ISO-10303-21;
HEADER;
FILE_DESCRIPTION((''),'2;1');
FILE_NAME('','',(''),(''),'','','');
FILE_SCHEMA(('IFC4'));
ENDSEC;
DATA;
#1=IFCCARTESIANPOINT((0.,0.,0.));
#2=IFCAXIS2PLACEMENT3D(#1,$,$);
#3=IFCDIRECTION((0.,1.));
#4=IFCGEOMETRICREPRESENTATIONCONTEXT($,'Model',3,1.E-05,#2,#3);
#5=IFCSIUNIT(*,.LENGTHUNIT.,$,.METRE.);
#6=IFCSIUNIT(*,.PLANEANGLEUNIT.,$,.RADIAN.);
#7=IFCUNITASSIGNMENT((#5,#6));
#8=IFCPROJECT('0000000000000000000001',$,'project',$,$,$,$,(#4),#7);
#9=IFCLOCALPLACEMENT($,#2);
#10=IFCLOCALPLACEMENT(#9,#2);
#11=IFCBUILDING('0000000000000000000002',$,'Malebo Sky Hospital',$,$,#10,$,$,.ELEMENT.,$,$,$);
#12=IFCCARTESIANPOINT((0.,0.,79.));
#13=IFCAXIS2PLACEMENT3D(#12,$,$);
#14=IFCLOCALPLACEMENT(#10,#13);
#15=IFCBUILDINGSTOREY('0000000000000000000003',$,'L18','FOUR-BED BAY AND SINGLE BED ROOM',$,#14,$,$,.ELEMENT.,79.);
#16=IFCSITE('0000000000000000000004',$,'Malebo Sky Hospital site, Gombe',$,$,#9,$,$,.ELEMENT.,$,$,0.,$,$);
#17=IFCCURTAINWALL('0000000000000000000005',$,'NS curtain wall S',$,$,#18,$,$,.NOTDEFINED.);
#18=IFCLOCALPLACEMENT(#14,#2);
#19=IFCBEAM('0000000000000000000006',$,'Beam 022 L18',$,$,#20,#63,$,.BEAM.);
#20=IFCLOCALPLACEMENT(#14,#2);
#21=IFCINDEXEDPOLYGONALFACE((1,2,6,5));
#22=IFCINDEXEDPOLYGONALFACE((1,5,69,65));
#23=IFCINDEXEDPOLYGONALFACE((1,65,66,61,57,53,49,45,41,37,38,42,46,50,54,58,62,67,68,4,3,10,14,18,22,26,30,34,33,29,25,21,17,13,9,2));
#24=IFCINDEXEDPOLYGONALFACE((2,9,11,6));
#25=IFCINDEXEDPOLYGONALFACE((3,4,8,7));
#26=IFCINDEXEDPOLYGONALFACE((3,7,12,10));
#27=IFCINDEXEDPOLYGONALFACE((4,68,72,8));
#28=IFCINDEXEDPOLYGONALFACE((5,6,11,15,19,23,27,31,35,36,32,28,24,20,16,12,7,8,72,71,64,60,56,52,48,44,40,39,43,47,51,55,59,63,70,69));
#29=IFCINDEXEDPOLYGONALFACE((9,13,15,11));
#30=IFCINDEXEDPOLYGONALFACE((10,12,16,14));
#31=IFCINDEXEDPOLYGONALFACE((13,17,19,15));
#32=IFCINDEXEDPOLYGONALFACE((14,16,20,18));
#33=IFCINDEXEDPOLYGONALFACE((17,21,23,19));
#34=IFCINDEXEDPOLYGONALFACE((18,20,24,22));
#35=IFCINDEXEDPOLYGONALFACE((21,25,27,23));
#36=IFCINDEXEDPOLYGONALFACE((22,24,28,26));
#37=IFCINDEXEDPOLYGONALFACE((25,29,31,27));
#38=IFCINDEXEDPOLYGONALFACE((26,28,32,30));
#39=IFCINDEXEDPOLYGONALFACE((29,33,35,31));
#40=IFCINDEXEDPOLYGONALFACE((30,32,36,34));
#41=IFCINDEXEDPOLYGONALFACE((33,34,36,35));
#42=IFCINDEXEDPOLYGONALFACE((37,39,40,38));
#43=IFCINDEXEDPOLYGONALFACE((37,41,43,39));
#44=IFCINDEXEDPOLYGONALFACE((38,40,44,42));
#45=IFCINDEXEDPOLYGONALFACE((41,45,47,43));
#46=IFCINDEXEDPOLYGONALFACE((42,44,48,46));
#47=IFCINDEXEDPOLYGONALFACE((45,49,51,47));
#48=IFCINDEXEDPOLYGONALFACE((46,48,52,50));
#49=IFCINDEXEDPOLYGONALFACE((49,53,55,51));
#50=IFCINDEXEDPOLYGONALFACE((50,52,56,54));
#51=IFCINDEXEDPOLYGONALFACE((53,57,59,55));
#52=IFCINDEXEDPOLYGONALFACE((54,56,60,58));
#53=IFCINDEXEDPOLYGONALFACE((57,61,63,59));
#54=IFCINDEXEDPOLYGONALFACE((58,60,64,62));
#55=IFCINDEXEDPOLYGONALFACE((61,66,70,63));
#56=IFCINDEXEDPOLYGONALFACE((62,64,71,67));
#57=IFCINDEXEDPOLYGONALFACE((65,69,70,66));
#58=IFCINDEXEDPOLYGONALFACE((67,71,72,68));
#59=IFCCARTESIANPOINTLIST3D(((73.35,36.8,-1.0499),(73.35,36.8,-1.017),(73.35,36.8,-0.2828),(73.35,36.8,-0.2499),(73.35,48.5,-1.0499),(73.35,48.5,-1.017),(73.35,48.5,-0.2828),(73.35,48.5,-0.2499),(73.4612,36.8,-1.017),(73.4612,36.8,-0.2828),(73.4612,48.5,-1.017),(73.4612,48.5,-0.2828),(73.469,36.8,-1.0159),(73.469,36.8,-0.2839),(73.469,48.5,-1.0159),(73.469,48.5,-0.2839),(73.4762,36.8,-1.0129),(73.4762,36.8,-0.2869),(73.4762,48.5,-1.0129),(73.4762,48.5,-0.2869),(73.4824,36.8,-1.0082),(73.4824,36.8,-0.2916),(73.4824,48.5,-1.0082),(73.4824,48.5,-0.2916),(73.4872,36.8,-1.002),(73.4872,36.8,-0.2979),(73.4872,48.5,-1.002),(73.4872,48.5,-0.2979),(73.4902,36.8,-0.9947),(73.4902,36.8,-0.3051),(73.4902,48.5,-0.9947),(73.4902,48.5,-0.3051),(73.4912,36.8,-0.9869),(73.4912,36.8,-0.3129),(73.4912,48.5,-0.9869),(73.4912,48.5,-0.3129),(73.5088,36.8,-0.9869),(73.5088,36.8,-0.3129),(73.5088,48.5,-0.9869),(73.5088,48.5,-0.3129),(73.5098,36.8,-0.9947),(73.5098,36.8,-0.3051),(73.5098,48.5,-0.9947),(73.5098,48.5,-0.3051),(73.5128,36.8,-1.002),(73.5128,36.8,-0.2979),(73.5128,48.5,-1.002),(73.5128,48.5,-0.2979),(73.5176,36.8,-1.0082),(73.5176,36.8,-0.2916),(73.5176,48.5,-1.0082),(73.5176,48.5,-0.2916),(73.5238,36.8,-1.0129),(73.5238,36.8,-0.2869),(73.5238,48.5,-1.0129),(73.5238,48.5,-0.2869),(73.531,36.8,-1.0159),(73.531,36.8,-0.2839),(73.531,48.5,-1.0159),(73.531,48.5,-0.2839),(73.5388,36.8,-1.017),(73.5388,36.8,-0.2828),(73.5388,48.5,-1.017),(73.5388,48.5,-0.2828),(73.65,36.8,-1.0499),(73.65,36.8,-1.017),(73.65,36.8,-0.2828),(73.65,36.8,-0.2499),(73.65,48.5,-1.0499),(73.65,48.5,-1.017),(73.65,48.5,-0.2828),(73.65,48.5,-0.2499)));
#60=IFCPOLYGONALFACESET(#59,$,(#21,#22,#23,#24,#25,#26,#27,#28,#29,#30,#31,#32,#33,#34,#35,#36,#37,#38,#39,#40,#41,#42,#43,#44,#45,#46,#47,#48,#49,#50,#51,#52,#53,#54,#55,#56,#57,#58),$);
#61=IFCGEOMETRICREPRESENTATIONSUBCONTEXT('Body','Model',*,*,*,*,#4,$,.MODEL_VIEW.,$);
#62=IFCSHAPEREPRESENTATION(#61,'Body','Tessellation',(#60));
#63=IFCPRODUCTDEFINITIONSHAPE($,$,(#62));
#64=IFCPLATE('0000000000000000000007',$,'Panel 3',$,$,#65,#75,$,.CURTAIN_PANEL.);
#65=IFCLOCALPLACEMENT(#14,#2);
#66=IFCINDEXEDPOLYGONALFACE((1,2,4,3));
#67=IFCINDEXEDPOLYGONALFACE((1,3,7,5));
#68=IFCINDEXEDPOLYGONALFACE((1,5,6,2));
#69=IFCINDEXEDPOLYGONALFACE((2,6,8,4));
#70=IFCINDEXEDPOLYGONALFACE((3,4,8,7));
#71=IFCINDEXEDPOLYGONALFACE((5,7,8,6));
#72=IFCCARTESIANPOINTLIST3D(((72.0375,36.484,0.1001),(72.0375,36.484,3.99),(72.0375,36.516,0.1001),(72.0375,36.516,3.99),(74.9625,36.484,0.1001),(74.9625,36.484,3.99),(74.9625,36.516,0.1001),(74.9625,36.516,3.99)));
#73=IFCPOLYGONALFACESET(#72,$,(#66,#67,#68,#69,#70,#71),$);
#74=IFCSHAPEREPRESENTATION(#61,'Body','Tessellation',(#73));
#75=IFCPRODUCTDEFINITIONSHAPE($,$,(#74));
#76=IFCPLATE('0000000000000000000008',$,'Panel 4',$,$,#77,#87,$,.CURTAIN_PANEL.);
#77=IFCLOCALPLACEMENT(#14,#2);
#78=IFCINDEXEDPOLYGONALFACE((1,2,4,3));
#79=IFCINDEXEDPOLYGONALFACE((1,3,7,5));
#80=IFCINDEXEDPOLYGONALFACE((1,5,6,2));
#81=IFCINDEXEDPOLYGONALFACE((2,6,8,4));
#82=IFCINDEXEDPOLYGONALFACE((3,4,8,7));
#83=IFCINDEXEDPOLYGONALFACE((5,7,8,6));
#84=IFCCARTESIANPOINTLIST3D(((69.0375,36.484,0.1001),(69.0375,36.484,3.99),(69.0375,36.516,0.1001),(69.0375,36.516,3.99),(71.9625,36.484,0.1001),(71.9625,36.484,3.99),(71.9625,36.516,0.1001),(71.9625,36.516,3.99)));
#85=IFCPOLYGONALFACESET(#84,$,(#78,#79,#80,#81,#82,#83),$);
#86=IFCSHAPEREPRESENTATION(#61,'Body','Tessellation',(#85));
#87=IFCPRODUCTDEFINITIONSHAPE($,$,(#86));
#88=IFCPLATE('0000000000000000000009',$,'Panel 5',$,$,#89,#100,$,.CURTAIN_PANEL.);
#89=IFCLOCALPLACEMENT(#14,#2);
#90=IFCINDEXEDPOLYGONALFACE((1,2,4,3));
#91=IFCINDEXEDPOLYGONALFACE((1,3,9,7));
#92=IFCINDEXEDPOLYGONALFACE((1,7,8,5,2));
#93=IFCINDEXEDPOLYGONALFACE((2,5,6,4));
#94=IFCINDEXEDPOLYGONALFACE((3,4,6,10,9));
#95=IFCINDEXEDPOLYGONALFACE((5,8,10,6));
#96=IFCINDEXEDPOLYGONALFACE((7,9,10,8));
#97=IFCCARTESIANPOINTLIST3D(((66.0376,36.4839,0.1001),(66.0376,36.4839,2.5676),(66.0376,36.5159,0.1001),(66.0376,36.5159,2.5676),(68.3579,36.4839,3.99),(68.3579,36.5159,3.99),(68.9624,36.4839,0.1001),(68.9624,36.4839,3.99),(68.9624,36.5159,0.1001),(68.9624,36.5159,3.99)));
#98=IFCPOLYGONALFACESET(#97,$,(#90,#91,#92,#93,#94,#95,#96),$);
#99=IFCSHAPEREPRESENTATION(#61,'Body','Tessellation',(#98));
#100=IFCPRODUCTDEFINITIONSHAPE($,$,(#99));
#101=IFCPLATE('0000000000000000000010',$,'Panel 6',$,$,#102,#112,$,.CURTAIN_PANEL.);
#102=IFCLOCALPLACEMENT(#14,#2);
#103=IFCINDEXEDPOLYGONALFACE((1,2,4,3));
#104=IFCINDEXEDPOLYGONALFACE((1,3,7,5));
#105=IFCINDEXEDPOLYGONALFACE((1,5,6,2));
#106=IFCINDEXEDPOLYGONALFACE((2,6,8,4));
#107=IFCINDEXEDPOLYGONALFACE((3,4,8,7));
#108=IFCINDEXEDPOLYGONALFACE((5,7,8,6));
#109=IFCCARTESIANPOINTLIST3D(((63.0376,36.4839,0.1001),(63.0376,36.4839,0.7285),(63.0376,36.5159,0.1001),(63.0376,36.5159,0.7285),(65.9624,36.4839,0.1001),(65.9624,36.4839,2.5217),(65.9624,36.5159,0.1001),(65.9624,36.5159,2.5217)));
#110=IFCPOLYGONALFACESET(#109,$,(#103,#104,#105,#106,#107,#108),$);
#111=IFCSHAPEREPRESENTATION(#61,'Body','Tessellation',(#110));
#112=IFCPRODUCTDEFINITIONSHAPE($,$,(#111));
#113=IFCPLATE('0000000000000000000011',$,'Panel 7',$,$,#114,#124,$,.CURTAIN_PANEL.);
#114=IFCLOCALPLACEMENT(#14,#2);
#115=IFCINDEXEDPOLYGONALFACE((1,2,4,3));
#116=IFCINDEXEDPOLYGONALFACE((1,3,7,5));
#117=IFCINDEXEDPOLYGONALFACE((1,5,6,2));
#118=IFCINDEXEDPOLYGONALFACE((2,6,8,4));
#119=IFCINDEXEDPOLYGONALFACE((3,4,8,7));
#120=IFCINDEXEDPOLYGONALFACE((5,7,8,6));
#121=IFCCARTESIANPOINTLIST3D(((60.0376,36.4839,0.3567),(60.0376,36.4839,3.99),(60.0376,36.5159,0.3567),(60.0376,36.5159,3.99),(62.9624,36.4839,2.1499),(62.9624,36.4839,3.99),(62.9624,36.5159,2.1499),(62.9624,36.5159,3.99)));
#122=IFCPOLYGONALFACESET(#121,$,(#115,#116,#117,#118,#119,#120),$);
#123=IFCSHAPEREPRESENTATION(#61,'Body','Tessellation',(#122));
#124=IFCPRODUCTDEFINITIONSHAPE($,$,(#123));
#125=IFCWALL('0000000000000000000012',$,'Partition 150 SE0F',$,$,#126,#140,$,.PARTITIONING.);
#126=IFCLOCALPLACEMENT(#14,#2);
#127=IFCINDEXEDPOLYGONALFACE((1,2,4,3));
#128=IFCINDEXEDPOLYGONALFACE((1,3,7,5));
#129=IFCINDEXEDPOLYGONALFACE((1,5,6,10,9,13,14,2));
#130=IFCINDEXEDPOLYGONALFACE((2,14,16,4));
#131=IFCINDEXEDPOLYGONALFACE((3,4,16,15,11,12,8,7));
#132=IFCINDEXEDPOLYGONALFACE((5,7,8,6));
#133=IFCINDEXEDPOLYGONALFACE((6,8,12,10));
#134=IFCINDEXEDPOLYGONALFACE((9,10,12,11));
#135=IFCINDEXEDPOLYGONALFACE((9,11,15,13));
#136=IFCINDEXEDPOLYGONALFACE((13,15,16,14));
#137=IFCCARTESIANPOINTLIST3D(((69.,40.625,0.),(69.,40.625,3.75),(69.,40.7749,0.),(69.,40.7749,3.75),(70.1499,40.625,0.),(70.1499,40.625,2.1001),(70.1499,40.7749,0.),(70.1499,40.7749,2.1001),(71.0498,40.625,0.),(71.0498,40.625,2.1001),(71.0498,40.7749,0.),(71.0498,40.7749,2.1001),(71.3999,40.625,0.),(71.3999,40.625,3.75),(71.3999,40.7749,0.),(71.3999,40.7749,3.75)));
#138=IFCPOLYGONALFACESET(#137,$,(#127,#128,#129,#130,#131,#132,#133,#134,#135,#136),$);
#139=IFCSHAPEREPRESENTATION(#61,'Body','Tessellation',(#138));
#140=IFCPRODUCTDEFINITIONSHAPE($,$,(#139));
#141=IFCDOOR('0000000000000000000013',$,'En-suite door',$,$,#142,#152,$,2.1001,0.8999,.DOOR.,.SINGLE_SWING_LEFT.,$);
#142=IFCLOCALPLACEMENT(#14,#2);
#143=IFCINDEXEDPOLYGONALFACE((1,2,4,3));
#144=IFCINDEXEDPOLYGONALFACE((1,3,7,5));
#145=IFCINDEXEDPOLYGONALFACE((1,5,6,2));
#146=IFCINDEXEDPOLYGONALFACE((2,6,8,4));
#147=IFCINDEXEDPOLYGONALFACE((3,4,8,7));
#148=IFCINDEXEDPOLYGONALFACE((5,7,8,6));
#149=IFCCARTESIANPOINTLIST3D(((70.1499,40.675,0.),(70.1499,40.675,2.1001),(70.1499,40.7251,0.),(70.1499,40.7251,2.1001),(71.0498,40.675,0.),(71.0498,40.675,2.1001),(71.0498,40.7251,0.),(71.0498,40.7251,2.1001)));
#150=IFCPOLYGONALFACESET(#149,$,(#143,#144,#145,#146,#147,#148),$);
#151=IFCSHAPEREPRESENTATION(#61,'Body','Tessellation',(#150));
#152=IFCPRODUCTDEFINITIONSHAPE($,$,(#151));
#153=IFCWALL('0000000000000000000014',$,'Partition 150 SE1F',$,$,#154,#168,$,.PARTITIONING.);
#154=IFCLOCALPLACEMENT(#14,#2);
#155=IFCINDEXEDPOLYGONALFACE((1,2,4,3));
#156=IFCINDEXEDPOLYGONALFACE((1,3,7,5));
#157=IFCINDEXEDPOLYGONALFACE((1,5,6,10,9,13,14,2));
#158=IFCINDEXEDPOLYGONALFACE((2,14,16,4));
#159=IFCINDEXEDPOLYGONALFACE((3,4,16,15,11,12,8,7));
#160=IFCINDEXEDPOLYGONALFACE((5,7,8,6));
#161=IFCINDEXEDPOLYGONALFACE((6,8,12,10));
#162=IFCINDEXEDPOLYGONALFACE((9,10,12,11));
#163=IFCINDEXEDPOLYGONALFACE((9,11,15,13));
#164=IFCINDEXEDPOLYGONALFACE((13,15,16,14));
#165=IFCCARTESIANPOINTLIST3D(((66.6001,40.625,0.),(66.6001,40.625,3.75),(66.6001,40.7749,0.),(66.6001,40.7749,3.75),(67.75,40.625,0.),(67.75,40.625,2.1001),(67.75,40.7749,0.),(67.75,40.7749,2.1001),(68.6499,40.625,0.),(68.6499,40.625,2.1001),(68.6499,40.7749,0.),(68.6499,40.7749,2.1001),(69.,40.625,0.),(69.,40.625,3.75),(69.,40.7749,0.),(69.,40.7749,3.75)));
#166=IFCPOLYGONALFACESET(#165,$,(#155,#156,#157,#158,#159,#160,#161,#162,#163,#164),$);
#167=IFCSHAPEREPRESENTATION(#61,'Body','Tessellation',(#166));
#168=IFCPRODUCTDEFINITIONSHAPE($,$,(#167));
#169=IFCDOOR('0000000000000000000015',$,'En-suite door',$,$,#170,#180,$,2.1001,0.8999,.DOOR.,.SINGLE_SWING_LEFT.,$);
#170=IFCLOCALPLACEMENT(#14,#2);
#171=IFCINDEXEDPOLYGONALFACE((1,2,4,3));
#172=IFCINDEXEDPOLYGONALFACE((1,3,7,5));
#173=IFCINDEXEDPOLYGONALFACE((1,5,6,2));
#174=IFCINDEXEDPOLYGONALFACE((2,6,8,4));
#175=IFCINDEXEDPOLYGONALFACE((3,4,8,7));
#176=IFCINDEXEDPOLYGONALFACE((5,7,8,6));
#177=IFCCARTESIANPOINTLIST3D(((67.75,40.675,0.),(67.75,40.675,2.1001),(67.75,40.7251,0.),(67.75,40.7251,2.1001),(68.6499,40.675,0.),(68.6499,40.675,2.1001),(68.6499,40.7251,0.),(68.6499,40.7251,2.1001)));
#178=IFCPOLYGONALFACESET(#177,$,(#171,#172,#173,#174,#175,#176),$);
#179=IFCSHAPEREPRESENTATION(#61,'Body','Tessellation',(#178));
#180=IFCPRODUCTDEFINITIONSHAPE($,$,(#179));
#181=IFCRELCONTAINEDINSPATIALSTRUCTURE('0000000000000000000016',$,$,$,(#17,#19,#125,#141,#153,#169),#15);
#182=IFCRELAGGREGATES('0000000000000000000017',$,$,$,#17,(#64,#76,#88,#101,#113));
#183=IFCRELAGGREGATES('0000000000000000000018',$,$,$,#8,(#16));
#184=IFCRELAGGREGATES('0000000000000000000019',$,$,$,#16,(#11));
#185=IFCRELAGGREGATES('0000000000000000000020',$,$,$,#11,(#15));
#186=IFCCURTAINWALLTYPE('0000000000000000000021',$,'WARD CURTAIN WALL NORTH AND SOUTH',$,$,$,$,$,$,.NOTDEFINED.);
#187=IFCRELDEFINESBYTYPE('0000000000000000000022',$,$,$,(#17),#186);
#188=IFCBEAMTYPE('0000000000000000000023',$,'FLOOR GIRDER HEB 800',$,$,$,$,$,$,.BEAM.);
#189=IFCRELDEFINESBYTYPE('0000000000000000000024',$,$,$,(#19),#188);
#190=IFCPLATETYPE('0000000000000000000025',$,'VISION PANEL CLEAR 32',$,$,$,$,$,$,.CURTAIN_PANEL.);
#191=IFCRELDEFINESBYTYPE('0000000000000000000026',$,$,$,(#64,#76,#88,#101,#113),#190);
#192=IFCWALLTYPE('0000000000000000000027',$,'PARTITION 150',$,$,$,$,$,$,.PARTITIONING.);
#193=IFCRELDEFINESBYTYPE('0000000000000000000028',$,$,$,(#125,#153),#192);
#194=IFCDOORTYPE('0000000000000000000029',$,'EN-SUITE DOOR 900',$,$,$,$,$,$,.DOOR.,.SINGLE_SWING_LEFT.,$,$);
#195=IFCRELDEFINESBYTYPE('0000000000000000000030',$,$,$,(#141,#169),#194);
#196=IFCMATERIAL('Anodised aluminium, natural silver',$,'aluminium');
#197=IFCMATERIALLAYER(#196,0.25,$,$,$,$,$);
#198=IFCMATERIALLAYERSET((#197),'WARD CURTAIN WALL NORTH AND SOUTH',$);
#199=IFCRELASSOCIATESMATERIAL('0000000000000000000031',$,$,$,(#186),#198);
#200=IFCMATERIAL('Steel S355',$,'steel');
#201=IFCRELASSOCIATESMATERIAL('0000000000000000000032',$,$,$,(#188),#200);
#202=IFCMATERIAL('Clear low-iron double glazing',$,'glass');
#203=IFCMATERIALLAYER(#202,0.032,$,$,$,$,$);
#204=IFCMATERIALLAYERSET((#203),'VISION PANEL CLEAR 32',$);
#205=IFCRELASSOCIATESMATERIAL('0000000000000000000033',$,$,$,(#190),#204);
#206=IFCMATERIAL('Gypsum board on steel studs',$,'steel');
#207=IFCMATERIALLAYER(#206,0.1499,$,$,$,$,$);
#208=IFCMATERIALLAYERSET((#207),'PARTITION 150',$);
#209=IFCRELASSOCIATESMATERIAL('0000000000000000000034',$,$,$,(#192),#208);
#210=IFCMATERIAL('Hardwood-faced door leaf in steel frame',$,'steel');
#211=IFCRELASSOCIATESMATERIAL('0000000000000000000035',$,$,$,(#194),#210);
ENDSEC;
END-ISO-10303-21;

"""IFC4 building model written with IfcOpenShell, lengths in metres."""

from ifc_helpers import new_model, si_unit, direction, frame, frame_2d, origin, origin_2d, place, context, subcontext, project, spatial, polyline, rectangle, i_section, outline, extrude, material, layer, layer_set, material_profile, profile_set, type_object, element, fill, aggregate, save


model = new_model("IFC4")

# Units and contexts
model_context = context("Model", 3, precision=1e-05, world=origin(), true_north=direction((0.0, 1.0)))
body_context = subcontext(model_context, "Body", "Model", "MODEL_VIEW")
ifc_project = project(units=[si_unit("LENGTHUNIT", "METRE"), si_unit("PLANEANGLEUNIT", "RADIAN")], contexts=[model_context])

# Site, building, storey
site_placement = place(None, origin())
site = spatial("IfcSite", under=ifc_project, at=site_placement, Name="Malebo Sky Hospital site, Gombe", CompositionType="ELEMENT", RefElevation=0.0)
building_placement = place(site_placement, origin())
building = spatial("IfcBuilding", under=site, at=building_placement, Name="Malebo Sky Hospital", CompositionType="ELEMENT")
storey_placement = place(building_placement, frame((0.0, 0.0, 79.0)))
storey = spatial("IfcBuildingStorey", under=building, at=storey_placement, Name="L18", Description="FOUR-BED BAY AND SINGLE BED ROOM", CompositionType="ELEMENT", Elevation=79.0)

# Curtain wall
ifc_material_1 = material(Name="Anodised aluminium, natural silver", Category="aluminium")
ifc_layer_1 = layer(ifc_material_1, 0.25)
ifc_layer_set_1 = layer_set([ifc_layer_1], Name="WARD CURTAIN WALL NORTH AND SOUTH")
curtain_wall_type = type_object("IfcCurtainWallType", Name="WARD CURTAIN WALL NORTH AND SOUTH", PredefinedType="NOTDEFINED", material=ifc_layer_set_1)
curtain_wall_placement = place(storey_placement, origin())
curtain_wall = element("IfcCurtainWall", 1, at=curtain_wall_placement, inside=storey, type_object=curtain_wall_type, Name="NS curtain wall S", PredefinedType="NOTDEFINED")

# Shared definitions
ifc_material_2 = material(Name="Steel S355", Category="steel")

# Beam
ifc_material_profile_1 = material_profile(ifc_material_2, i_section(OverallWidth=0.3, OverallDepth=0.8, WebThickness=0.0176, FlangeThickness=0.033, FilletRadius=0.03, at=origin_2d()), Name="HEB 800")
ifc_profile_set_1 = profile_set([ifc_material_profile_1], Name="Steel S355")
beam_type_1 = type_object("IfcBeamType", Name="FLOOR GIRDER HEB 800", PredefinedType="BEAM", material=ifc_profile_set_1)
beam_1_placement = place(storey_placement, frame((73.5, 36.8, -0.6499), z_axis=(0.0, 1.0, 0.0), x_axis=(-1.0, 0.0, 0.0)))
element("IfcBeam", 2, at=beam_1_placement, inside=storey, type_object=beam_type_1, Name="Beam 022 L18", PredefinedType="BEAM", context=body_context, shape_type="SweptSolid", body=[
    extrude(i_section(OverallWidth=0.3, OverallDepth=0.8, WebThickness=0.0176, FlangeThickness=0.033, FilletRadius=0.03, at=origin_2d()), origin(), (0.0, 0.0, 1.0), 11.7),
])

# Plates
ifc_material_3 = material(Name="Clear low-iron double glazing", Category="glass")
ifc_layer_2 = layer(ifc_material_3, 0.032)
ifc_layer_set_2 = layer_set([ifc_layer_2], Name="VISION PANEL CLEAR 32")
plate_type = type_object("IfcPlateType", Name="VISION PANEL CLEAR 32", PredefinedType="CURTAIN_PANEL", material=ifc_layer_set_2)
plate_1_placement = place(storey_placement, frame((73.5, 36.5, 0.1001), z_axis=(0.0, 0.0, 1.0), x_axis=(-1.0, 0.0, 0.0)))
plate_1 = element("IfcPlate", 3, at=plate_1_placement, type_object=plate_type, Name="Panel 3", PredefinedType="CURTAIN_PANEL", context=body_context, shape_type="SweptSolid", body=[
    extrude(rectangle(XDim=2.925, YDim=0.032, at=origin_2d()), origin(), (0.0, 0.0, 1.0), 3.8899),
])
plate_2_placement = place(storey_placement, frame((70.5, 36.5, 0.1001), z_axis=(0.0, 0.0, 1.0), x_axis=(-1.0, 0.0, 0.0)))
plate_2 = element("IfcPlate", 4, at=plate_2_placement, type_object=plate_type, Name="Panel 4", PredefinedType="CURTAIN_PANEL", context=body_context, shape_type="SweptSolid", body=[
    extrude(rectangle(XDim=2.925, YDim=0.032, at=origin_2d()), origin(), (0.0, 0.0, 1.0), 3.8899),
])
plate_3_placement = place(storey_placement, frame((67.5, 36.5, 0.1001), z_axis=(0.0, 0.0, 1.0), x_axis=(-1.0, 0.0, 0.0)))
plate_3 = element("IfcPlate", 5, at=plate_3_placement, type_object=plate_type, Name="Panel 5", PredefinedType="CURTAIN_PANEL", context=body_context, shape_type="SweptSolid", body=[
    extrude(outline(polyline([(-1.4624, 0.0), (1.4624, 0.0), (1.4624, 2.4675), (-0.8579, 3.8899), (-1.4624, 3.8899), (-1.4624, 0.0)])), frame((0.0, 0.0161, 0.0), z_axis=(0.0, -1.0, 0.0), x_axis=(1.0, 0.0, 0.0)), (0.0, 0.0, 1.0), 0.032),
])
plate_4_placement = place(storey_placement, frame((64.5, 36.5, 0.1001), z_axis=(0.0, 0.0, 1.0), x_axis=(-1.0, 0.0, 0.0)))
plate_4 = element("IfcPlate", 6, at=plate_4_placement, type_object=plate_type, Name="Panel 6", PredefinedType="CURTAIN_PANEL", context=body_context, shape_type="SweptSolid", body=[
    extrude(outline(polyline([(-1.4624, 0.0), (1.4624, 0.0), (1.4624, 0.6284), (-1.4624, 2.4216), (-1.4624, 0.0)])), frame((0.0, 0.0161, 0.0), z_axis=(0.0, -1.0, 0.0), x_axis=(1.0, 0.0, 0.0)), (0.0, 0.0, 1.0), 0.032),
])
plate_5_placement = place(storey_placement, frame((61.5, 36.5, 0.3567), z_axis=(0.0, 0.0, 1.0), x_axis=(-1.0, 0.0, 0.0)))
plate_5 = element("IfcPlate", 7, at=plate_5_placement, type_object=plate_type, Name="Panel 7", PredefinedType="CURTAIN_PANEL", context=body_context, shape_type="SweptSolid", body=[
    extrude(outline(polyline([(1.4624, 0.0), (1.4624, 3.6333), (-1.4624, 3.6333), (-1.4624, 1.7932), (1.4624, 0.0)])), frame((0.0, 0.0161, 0.0), z_axis=(0.0, -1.0, 0.0), x_axis=(1.0, 0.0, 0.0)), (0.0, 0.0, 1.0), 0.032),
])
aggregate(curtain_wall, [plate_1, plate_2, plate_3, plate_4, plate_5])

# Walls, openings, doors
ifc_material_4 = material(Name="Gypsum board on steel studs", Category="steel")
ifc_layer_3 = layer(ifc_material_4, 0.1499)
ifc_layer_set_3 = layer_set([ifc_layer_3], Name="PARTITION 150")
wall_type = type_object("IfcWallType", Name="PARTITION 150", PredefinedType="PARTITIONING", material=ifc_layer_set_3)
wall_1_placement = place(storey_placement, frame((71.3999, 40.7, 0.0), z_axis=(0.0, 0.0, 1.0), x_axis=(-1.0, 0.0, 0.0)))
wall_1 = element("IfcWall", 8, at=wall_1_placement, inside=storey, type_object=wall_type, Name="Partition 150 SE0F", PredefinedType="PARTITIONING", context=body_context, shape_type="SweptSolid", body=[
    extrude(rectangle(XDim=2.3999, YDim=0.1499, at=frame_2d((1.2, 0.0))), origin(), (0.0, 0.0, 1.0), 3.75),
])
opening_1_placement = place(wall_1_placement, frame((0.3501, 0.0, 0.0)))
opening_1 = element("IfcOpeningElement", 9, at=opening_1_placement, cuts=wall_1, PredefinedType="OPENING", context=body_context, shape_type="SweptSolid", body=[
    extrude(rectangle(XDim=0.8999, YDim=2.1001, at=frame_2d((0.45, 1.05))), frame((0.0, 0.085, 0.0), z_axis=(0.0, -1.0, 0.0), x_axis=(1.0, 0.0, 0.0)), (0.0, 0.0, 1.0), 0.1699),
])
ifc_material_5 = material(Name="Hardwood-faced door leaf in steel frame", Category="steel")
door_type = type_object("IfcDoorType", Name="EN-SUITE DOOR 900", OperationType="SINGLE_SWING_LEFT", PredefinedType="DOOR", material=ifc_material_5)
door_1_placement = place(opening_1_placement, origin())
door_1 = element("IfcDoor", 10, at=door_1_placement, inside=storey, type_object=door_type, Name="En-suite door", OperationType="SINGLE_SWING_LEFT", OverallHeight=2.1001, OverallWidth=0.8999, PredefinedType="DOOR", context=body_context, shape_type="SweptSolid", body=[
    extrude(rectangle(XDim=0.8999, YDim=2.1001, at=frame_2d((0.45, 1.05))), frame((0.0, 0.0249, 0.0), z_axis=(0.0, -1.0, 0.0), x_axis=(1.0, 0.0, 0.0)), (0.0, 0.0, 1.0), 0.05),
])
fill(opening_1, door_1)
wall_2_placement = place(storey_placement, frame((69.0, 40.7, 0.0), z_axis=(0.0, 0.0, 1.0), x_axis=(-1.0, 0.0, 0.0)))
wall_2 = element("IfcWall", 11, at=wall_2_placement, inside=storey, type_object=wall_type, Name="Partition 150 SE1F", PredefinedType="PARTITIONING", context=body_context, shape_type="SweptSolid", body=[
    extrude(rectangle(XDim=2.3999, YDim=0.1499, at=frame_2d((1.2, 0.0))), origin(), (0.0, 0.0, 1.0), 3.75),
])
opening_2_placement = place(wall_2_placement, frame((0.3501, 0.0, 0.0)))
opening_2 = element("IfcOpeningElement", 12, at=opening_2_placement, cuts=wall_2, PredefinedType="OPENING", context=body_context, shape_type="SweptSolid", body=[
    extrude(rectangle(XDim=0.8999, YDim=2.1001, at=frame_2d((0.45, 1.05))), frame((0.0, 0.085, 0.0), z_axis=(0.0, -1.0, 0.0), x_axis=(1.0, 0.0, 0.0)), (0.0, 0.0, 1.0), 0.1699),
])
door_2_placement = place(opening_2_placement, origin())
door_2 = element("IfcDoor", 13, at=door_2_placement, inside=storey, type_object=door_type, Name="En-suite door", OperationType="SINGLE_SWING_LEFT", OverallHeight=2.1001, OverallWidth=0.8999, PredefinedType="DOOR", context=body_context, shape_type="SweptSolid", body=[
    extrude(rectangle(XDim=0.8999, YDim=2.1001, at=frame_2d((0.45, 1.05))), frame((0.0, 0.0249, 0.0), z_axis=(0.0, -1.0, 0.0), x_axis=(1.0, 0.0, 0.0)), (0.0, 0.0, 1.0), 0.05),
])
fill(opening_2, door_2)

save(model, "model.ifc")
